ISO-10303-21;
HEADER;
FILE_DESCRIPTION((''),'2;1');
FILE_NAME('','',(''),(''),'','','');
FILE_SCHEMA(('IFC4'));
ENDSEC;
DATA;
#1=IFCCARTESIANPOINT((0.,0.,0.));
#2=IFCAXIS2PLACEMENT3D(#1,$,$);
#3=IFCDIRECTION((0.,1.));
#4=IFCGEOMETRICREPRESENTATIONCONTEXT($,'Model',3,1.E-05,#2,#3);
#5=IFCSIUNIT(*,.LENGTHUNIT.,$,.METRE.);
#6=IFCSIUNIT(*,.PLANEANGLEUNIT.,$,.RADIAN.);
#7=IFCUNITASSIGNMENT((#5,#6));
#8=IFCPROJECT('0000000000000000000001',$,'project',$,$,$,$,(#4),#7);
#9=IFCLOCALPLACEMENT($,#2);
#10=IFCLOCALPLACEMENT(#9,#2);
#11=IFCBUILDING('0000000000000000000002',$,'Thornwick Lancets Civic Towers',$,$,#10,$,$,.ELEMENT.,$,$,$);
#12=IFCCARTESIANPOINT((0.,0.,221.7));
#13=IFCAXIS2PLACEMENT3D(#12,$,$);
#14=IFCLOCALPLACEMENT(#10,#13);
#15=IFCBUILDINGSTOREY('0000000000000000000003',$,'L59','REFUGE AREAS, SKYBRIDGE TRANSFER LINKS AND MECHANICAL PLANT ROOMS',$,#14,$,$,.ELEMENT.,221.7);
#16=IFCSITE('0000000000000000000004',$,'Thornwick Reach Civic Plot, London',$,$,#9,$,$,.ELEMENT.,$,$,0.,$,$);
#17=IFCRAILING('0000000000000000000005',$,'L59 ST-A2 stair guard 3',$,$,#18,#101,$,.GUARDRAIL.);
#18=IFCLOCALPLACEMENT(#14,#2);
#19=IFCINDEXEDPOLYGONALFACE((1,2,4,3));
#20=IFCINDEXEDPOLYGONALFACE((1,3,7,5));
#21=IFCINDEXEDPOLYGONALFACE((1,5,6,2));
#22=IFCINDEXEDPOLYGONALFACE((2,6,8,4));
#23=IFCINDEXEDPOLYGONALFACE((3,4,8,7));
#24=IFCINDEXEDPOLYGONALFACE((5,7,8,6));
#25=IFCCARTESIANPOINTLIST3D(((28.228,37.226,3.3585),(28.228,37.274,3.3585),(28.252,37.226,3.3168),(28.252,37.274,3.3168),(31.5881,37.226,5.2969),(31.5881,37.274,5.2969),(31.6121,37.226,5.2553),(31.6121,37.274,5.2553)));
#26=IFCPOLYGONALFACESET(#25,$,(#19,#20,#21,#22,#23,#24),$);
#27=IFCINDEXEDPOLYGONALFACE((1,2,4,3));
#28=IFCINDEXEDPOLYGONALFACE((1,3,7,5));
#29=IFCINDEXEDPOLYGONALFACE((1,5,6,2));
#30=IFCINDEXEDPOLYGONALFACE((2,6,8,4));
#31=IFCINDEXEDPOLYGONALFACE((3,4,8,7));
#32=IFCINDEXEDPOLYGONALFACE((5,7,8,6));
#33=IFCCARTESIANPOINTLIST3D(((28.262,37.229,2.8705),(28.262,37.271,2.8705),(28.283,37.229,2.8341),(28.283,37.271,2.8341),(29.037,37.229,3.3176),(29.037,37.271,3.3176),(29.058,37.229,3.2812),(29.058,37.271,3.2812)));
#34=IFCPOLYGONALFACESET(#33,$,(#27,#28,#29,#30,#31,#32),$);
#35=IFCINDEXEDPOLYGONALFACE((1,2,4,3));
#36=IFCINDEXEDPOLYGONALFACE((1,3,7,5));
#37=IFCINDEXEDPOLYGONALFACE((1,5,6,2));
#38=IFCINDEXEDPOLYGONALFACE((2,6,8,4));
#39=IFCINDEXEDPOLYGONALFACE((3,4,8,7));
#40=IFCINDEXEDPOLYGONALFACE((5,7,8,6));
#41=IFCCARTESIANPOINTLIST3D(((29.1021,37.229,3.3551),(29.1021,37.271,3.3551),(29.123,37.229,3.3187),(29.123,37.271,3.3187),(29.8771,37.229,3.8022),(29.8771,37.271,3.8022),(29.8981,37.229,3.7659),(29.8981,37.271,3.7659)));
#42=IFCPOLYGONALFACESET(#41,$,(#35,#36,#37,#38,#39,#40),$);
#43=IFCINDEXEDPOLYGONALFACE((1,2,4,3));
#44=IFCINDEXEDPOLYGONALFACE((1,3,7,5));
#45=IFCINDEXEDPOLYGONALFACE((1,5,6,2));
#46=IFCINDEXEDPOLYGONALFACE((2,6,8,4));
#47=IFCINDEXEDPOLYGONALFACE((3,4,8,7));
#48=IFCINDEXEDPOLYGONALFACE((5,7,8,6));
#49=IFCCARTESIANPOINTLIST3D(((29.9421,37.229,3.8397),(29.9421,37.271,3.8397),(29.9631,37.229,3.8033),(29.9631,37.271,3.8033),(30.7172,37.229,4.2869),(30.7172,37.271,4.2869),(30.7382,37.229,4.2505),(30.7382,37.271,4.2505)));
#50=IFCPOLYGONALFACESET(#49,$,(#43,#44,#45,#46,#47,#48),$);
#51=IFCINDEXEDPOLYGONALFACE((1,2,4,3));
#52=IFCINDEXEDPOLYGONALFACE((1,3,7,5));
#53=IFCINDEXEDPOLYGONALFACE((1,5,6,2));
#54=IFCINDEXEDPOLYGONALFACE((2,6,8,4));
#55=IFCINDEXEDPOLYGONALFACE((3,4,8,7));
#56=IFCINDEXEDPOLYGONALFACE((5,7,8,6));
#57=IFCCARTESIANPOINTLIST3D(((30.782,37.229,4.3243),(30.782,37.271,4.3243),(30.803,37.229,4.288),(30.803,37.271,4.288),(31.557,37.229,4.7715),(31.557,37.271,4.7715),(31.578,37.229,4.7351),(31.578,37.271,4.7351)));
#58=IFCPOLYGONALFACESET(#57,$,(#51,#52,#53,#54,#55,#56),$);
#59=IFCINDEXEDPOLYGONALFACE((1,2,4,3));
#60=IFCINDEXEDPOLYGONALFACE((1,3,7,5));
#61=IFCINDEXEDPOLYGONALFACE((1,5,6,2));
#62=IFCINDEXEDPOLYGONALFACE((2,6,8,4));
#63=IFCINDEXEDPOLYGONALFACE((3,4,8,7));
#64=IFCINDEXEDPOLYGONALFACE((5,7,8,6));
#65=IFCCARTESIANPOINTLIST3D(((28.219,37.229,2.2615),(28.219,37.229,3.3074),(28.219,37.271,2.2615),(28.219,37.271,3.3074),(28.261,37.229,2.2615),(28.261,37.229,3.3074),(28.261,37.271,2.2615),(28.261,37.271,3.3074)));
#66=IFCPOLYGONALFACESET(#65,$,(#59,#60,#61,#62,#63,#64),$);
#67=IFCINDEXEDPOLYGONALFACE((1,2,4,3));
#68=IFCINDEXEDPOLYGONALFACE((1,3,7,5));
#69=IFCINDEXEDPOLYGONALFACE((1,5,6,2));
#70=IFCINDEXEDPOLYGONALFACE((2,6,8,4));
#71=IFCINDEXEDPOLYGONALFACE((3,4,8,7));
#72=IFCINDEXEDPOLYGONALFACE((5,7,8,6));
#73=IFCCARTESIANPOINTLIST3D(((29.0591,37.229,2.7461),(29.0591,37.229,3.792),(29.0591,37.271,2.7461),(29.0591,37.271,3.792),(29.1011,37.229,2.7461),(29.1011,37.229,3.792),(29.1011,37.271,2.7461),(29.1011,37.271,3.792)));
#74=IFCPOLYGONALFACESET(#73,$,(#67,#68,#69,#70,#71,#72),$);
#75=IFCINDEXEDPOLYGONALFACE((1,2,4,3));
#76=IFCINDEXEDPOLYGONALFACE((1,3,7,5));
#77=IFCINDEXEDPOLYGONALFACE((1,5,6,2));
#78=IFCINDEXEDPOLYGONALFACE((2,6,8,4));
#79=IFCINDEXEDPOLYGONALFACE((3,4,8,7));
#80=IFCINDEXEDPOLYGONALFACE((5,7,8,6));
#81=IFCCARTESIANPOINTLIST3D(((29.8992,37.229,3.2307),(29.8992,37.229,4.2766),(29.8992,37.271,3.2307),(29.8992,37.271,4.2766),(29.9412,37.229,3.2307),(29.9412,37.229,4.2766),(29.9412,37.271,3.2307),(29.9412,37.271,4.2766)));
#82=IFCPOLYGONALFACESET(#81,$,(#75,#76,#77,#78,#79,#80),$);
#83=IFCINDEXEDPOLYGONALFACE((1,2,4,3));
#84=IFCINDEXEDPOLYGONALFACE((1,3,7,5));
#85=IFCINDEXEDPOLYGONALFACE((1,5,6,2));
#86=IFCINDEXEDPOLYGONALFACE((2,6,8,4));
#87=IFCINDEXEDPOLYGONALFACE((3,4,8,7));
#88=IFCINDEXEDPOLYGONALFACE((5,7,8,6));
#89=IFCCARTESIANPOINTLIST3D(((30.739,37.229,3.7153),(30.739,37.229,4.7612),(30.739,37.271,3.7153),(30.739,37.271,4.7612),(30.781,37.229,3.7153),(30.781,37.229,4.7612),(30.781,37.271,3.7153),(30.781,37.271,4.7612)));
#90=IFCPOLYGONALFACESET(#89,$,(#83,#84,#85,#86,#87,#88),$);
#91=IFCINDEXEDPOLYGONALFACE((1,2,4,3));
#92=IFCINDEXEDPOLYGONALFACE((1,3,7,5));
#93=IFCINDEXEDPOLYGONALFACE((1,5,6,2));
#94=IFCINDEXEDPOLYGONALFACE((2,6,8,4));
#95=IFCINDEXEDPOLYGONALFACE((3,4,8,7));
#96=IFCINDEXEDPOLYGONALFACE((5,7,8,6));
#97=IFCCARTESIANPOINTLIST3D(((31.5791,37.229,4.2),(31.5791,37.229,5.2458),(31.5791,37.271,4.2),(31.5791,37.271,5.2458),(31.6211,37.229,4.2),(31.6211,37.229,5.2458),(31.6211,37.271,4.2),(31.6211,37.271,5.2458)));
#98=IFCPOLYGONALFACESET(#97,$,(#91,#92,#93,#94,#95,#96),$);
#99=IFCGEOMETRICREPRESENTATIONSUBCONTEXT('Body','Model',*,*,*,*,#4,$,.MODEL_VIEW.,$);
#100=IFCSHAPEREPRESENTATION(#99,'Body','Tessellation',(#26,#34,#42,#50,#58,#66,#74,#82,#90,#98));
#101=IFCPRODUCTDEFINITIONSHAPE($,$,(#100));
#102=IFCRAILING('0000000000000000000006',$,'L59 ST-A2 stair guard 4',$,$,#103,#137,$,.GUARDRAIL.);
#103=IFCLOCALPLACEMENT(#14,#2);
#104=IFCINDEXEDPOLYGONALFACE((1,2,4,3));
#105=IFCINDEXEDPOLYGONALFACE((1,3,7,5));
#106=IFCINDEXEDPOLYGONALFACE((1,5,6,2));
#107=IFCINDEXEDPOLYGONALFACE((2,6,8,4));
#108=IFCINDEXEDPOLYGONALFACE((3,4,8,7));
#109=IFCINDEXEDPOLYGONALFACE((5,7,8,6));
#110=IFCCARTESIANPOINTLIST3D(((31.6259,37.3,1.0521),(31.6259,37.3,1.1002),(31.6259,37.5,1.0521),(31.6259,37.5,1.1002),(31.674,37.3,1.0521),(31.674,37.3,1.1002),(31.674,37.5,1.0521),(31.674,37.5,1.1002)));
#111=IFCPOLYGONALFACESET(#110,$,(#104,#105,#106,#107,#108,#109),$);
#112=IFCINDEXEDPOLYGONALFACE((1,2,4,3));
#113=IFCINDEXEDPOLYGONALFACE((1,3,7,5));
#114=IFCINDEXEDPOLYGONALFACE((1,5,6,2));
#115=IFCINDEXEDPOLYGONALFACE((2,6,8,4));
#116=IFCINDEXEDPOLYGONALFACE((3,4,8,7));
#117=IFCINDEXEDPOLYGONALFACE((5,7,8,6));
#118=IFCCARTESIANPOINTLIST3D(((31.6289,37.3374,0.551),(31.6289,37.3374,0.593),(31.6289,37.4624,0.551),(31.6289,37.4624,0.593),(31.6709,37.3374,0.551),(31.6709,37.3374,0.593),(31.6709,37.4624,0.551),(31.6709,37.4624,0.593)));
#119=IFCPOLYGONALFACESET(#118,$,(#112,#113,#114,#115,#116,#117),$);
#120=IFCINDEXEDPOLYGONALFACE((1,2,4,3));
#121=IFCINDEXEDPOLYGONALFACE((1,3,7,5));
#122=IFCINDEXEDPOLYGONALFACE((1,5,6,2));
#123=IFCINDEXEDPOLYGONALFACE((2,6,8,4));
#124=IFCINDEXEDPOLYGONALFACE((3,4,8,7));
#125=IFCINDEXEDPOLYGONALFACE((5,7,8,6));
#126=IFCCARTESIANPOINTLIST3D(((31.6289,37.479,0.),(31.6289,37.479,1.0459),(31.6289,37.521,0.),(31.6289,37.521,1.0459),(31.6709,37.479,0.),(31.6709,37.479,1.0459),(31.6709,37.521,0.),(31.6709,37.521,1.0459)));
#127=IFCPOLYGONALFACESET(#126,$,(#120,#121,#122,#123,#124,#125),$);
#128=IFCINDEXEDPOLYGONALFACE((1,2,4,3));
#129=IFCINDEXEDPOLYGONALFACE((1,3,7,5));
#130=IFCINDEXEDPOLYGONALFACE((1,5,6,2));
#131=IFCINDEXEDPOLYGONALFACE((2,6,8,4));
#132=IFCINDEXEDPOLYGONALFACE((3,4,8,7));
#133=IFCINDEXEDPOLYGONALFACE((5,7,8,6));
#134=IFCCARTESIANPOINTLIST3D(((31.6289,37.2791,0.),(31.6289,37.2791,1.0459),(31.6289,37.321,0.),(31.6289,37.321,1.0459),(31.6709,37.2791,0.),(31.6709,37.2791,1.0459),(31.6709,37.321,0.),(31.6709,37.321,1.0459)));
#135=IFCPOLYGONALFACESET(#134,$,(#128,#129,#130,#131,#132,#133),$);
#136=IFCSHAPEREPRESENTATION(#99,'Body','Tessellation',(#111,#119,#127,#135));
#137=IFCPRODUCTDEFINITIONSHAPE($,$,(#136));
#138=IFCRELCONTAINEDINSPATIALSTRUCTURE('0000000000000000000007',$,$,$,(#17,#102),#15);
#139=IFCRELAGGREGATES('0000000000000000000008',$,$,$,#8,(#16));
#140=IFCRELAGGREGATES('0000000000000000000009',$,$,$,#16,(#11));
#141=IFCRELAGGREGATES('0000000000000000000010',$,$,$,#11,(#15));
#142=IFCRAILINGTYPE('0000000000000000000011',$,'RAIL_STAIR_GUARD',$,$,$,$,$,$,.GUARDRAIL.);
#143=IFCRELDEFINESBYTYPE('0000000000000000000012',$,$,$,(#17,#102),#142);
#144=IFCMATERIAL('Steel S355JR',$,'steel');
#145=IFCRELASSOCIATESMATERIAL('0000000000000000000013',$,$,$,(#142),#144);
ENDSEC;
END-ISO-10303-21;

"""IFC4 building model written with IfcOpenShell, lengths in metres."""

from ifc_helpers import new_model, si_unit, direction, frame, origin, origin_2d, place, context, subcontext, project, spatial, rectangle, extrude, material, type_object, element, save


model = new_model("IFC4")

# Units and contexts
model_context = context("Model", 3, precision=1e-05, world=origin(), true_north=direction((0.0, 1.0)))
body_context = subcontext(model_context, "Body", "Model", "MODEL_VIEW")
ifc_project = project(units=[si_unit("LENGTHUNIT", "METRE"), si_unit("PLANEANGLEUNIT", "RADIAN")], contexts=[model_context])

# Site, building, storey
site_placement = place(None, origin())
site = spatial("IfcSite", under=ifc_project, at=site_placement, Name="Thornwick Reach Civic Plot, London", CompositionType="ELEMENT", RefElevation=0.0)
building_placement = place(site_placement, origin())
building = spatial("IfcBuilding", under=site, at=building_placement, Name="Thornwick Lancets Civic Towers", CompositionType="ELEMENT")
storey_placement = place(building_placement, frame((0.0, 0.0, 221.7)))
storey = spatial("IfcBuildingStorey", under=building, at=storey_placement, Name="L59", Description="REFUGE AREAS, SKYBRIDGE TRANSFER LINKS AND MECHANICAL PLANT ROOMS", CompositionType="ELEMENT", Elevation=221.7)

# Shared definitions
ifc_material_1 = material(Name="Steel S355JR", Category="steel")

# Railings
railing_type_1 = type_object("IfcRailingType", Name="RAIL_STAIR_GUARD", PredefinedType="GUARDRAIL", material=ifc_material_1)
railing_1_placement = place(storey_placement, frame((28.24, 37.25, 2.2615)))
element("IfcRailing", 1, at=railing_1_placement, inside=storey, type_object=railing_type_1, Name="L59 ST-A2 stair guard 3", PredefinedType="GUARDRAIL", context=body_context, shape_type="SweptSolid", body=[
    extrude(rectangle(XDim=0.0481, YDim=0.0481, at=origin_2d()), frame((0.0, 0.0, 1.0762), z_axis=(0.866191, 0.0, 0.499713), x_axis=(0.0, 1.0, 0.0)), (0.0, 0.0, 1.0), 3.8792),
    extrude(rectangle(XDim=0.042, YDim=0.042, at=origin_2d()), frame((0.0325, 0.0, 0.5908), z_axis=(0.866191, 0.0, 0.499713), x_axis=(0.0, 1.0, 0.0)), (0.0, 0.0, 1.0), 0.8948),
    extrude(rectangle(XDim=0.042, YDim=0.042, at=origin_2d()), frame((0.8726, 0.0, 1.0754), z_axis=(0.866191, 0.0, 0.499713), x_axis=(0.0, 1.0, 0.0)), (0.0, 0.0, 1.0), 0.8948),
    extrude(rectangle(XDim=0.042, YDim=0.042, at=origin_2d()), frame((1.7126, 0.0, 1.5601), z_axis=(0.866191, 0.0, 0.499713), x_axis=(0.0, 1.0, 0.0)), (0.0, 0.0, 1.0), 0.8948),
    extrude(rectangle(XDim=0.042, YDim=0.042, at=origin_2d()), frame((2.5525, 0.0, 2.0447), z_axis=(0.866191, 0.0, 0.499713), x_axis=(0.0, 1.0, 0.0)), (0.0, 0.0, 1.0), 0.8948),
    extrude(rectangle(XDim=0.042, YDim=0.042, at=origin_2d()), origin(), (0.0, 0.0, 1.0), 1.0459),
    extrude(rectangle(XDim=0.042, YDim=0.042, at=origin_2d()), frame((0.8401, 0.0, 0.4846)), (0.0, 0.0, 1.0), 1.0459),
    extrude(rectangle(XDim=0.042, YDim=0.042, at=origin_2d()), frame((1.6802, 0.0, 0.9692)), (0.0, 0.0, 1.0), 1.0459),
    extrude(rectangle(XDim=0.042, YDim=0.042, at=origin_2d()), frame((2.52, 0.0, 1.4539)), (0.0, 0.0, 1.0), 1.0459),
    extrude(rectangle(XDim=0.042, YDim=0.042, at=origin_2d()), frame((3.3601, 0.0, 1.9385)), (0.0, 0.0, 1.0), 1.0459),
])
railing_2_placement = place(storey_placement, frame((31.6499, 37.5, 0.0)))
element("IfcRailing", 2, at=railing_2_placement, inside=storey, type_object=railing_type_1, Name="L59 ST-A2 stair guard 4", PredefinedType="GUARDRAIL", context=body_context, shape_type="SweptSolid", body=[
    extrude(rectangle(XDim=0.0481, YDim=0.0481, at=origin_2d()), frame((0.0, 0.0, 1.0762), z_axis=(0.0, -1.0, 0.0), x_axis=(1.0, 0.0, 0.0)), (0.0, 0.0, 1.0), 0.2),
    extrude(rectangle(XDim=0.042, YDim=0.042, at=origin_2d()), frame((0.0, -0.0376, 0.572), z_axis=(0.0, -1.0, 0.0), x_axis=(1.0, 0.0, 0.0)), (0.0, 0.0, 1.0), 0.125),
    extrude(rectangle(XDim=0.042, YDim=0.042, at=origin_2d()), origin(), (0.0, 0.0, 1.0), 1.0459),
    extrude(rectangle(XDim=0.042, YDim=0.042, at=origin_2d()), frame((0.0, -0.2, 0.0)), (0.0, 0.0, 1.0), 1.0459),
])

save(model, "model.ifc")
